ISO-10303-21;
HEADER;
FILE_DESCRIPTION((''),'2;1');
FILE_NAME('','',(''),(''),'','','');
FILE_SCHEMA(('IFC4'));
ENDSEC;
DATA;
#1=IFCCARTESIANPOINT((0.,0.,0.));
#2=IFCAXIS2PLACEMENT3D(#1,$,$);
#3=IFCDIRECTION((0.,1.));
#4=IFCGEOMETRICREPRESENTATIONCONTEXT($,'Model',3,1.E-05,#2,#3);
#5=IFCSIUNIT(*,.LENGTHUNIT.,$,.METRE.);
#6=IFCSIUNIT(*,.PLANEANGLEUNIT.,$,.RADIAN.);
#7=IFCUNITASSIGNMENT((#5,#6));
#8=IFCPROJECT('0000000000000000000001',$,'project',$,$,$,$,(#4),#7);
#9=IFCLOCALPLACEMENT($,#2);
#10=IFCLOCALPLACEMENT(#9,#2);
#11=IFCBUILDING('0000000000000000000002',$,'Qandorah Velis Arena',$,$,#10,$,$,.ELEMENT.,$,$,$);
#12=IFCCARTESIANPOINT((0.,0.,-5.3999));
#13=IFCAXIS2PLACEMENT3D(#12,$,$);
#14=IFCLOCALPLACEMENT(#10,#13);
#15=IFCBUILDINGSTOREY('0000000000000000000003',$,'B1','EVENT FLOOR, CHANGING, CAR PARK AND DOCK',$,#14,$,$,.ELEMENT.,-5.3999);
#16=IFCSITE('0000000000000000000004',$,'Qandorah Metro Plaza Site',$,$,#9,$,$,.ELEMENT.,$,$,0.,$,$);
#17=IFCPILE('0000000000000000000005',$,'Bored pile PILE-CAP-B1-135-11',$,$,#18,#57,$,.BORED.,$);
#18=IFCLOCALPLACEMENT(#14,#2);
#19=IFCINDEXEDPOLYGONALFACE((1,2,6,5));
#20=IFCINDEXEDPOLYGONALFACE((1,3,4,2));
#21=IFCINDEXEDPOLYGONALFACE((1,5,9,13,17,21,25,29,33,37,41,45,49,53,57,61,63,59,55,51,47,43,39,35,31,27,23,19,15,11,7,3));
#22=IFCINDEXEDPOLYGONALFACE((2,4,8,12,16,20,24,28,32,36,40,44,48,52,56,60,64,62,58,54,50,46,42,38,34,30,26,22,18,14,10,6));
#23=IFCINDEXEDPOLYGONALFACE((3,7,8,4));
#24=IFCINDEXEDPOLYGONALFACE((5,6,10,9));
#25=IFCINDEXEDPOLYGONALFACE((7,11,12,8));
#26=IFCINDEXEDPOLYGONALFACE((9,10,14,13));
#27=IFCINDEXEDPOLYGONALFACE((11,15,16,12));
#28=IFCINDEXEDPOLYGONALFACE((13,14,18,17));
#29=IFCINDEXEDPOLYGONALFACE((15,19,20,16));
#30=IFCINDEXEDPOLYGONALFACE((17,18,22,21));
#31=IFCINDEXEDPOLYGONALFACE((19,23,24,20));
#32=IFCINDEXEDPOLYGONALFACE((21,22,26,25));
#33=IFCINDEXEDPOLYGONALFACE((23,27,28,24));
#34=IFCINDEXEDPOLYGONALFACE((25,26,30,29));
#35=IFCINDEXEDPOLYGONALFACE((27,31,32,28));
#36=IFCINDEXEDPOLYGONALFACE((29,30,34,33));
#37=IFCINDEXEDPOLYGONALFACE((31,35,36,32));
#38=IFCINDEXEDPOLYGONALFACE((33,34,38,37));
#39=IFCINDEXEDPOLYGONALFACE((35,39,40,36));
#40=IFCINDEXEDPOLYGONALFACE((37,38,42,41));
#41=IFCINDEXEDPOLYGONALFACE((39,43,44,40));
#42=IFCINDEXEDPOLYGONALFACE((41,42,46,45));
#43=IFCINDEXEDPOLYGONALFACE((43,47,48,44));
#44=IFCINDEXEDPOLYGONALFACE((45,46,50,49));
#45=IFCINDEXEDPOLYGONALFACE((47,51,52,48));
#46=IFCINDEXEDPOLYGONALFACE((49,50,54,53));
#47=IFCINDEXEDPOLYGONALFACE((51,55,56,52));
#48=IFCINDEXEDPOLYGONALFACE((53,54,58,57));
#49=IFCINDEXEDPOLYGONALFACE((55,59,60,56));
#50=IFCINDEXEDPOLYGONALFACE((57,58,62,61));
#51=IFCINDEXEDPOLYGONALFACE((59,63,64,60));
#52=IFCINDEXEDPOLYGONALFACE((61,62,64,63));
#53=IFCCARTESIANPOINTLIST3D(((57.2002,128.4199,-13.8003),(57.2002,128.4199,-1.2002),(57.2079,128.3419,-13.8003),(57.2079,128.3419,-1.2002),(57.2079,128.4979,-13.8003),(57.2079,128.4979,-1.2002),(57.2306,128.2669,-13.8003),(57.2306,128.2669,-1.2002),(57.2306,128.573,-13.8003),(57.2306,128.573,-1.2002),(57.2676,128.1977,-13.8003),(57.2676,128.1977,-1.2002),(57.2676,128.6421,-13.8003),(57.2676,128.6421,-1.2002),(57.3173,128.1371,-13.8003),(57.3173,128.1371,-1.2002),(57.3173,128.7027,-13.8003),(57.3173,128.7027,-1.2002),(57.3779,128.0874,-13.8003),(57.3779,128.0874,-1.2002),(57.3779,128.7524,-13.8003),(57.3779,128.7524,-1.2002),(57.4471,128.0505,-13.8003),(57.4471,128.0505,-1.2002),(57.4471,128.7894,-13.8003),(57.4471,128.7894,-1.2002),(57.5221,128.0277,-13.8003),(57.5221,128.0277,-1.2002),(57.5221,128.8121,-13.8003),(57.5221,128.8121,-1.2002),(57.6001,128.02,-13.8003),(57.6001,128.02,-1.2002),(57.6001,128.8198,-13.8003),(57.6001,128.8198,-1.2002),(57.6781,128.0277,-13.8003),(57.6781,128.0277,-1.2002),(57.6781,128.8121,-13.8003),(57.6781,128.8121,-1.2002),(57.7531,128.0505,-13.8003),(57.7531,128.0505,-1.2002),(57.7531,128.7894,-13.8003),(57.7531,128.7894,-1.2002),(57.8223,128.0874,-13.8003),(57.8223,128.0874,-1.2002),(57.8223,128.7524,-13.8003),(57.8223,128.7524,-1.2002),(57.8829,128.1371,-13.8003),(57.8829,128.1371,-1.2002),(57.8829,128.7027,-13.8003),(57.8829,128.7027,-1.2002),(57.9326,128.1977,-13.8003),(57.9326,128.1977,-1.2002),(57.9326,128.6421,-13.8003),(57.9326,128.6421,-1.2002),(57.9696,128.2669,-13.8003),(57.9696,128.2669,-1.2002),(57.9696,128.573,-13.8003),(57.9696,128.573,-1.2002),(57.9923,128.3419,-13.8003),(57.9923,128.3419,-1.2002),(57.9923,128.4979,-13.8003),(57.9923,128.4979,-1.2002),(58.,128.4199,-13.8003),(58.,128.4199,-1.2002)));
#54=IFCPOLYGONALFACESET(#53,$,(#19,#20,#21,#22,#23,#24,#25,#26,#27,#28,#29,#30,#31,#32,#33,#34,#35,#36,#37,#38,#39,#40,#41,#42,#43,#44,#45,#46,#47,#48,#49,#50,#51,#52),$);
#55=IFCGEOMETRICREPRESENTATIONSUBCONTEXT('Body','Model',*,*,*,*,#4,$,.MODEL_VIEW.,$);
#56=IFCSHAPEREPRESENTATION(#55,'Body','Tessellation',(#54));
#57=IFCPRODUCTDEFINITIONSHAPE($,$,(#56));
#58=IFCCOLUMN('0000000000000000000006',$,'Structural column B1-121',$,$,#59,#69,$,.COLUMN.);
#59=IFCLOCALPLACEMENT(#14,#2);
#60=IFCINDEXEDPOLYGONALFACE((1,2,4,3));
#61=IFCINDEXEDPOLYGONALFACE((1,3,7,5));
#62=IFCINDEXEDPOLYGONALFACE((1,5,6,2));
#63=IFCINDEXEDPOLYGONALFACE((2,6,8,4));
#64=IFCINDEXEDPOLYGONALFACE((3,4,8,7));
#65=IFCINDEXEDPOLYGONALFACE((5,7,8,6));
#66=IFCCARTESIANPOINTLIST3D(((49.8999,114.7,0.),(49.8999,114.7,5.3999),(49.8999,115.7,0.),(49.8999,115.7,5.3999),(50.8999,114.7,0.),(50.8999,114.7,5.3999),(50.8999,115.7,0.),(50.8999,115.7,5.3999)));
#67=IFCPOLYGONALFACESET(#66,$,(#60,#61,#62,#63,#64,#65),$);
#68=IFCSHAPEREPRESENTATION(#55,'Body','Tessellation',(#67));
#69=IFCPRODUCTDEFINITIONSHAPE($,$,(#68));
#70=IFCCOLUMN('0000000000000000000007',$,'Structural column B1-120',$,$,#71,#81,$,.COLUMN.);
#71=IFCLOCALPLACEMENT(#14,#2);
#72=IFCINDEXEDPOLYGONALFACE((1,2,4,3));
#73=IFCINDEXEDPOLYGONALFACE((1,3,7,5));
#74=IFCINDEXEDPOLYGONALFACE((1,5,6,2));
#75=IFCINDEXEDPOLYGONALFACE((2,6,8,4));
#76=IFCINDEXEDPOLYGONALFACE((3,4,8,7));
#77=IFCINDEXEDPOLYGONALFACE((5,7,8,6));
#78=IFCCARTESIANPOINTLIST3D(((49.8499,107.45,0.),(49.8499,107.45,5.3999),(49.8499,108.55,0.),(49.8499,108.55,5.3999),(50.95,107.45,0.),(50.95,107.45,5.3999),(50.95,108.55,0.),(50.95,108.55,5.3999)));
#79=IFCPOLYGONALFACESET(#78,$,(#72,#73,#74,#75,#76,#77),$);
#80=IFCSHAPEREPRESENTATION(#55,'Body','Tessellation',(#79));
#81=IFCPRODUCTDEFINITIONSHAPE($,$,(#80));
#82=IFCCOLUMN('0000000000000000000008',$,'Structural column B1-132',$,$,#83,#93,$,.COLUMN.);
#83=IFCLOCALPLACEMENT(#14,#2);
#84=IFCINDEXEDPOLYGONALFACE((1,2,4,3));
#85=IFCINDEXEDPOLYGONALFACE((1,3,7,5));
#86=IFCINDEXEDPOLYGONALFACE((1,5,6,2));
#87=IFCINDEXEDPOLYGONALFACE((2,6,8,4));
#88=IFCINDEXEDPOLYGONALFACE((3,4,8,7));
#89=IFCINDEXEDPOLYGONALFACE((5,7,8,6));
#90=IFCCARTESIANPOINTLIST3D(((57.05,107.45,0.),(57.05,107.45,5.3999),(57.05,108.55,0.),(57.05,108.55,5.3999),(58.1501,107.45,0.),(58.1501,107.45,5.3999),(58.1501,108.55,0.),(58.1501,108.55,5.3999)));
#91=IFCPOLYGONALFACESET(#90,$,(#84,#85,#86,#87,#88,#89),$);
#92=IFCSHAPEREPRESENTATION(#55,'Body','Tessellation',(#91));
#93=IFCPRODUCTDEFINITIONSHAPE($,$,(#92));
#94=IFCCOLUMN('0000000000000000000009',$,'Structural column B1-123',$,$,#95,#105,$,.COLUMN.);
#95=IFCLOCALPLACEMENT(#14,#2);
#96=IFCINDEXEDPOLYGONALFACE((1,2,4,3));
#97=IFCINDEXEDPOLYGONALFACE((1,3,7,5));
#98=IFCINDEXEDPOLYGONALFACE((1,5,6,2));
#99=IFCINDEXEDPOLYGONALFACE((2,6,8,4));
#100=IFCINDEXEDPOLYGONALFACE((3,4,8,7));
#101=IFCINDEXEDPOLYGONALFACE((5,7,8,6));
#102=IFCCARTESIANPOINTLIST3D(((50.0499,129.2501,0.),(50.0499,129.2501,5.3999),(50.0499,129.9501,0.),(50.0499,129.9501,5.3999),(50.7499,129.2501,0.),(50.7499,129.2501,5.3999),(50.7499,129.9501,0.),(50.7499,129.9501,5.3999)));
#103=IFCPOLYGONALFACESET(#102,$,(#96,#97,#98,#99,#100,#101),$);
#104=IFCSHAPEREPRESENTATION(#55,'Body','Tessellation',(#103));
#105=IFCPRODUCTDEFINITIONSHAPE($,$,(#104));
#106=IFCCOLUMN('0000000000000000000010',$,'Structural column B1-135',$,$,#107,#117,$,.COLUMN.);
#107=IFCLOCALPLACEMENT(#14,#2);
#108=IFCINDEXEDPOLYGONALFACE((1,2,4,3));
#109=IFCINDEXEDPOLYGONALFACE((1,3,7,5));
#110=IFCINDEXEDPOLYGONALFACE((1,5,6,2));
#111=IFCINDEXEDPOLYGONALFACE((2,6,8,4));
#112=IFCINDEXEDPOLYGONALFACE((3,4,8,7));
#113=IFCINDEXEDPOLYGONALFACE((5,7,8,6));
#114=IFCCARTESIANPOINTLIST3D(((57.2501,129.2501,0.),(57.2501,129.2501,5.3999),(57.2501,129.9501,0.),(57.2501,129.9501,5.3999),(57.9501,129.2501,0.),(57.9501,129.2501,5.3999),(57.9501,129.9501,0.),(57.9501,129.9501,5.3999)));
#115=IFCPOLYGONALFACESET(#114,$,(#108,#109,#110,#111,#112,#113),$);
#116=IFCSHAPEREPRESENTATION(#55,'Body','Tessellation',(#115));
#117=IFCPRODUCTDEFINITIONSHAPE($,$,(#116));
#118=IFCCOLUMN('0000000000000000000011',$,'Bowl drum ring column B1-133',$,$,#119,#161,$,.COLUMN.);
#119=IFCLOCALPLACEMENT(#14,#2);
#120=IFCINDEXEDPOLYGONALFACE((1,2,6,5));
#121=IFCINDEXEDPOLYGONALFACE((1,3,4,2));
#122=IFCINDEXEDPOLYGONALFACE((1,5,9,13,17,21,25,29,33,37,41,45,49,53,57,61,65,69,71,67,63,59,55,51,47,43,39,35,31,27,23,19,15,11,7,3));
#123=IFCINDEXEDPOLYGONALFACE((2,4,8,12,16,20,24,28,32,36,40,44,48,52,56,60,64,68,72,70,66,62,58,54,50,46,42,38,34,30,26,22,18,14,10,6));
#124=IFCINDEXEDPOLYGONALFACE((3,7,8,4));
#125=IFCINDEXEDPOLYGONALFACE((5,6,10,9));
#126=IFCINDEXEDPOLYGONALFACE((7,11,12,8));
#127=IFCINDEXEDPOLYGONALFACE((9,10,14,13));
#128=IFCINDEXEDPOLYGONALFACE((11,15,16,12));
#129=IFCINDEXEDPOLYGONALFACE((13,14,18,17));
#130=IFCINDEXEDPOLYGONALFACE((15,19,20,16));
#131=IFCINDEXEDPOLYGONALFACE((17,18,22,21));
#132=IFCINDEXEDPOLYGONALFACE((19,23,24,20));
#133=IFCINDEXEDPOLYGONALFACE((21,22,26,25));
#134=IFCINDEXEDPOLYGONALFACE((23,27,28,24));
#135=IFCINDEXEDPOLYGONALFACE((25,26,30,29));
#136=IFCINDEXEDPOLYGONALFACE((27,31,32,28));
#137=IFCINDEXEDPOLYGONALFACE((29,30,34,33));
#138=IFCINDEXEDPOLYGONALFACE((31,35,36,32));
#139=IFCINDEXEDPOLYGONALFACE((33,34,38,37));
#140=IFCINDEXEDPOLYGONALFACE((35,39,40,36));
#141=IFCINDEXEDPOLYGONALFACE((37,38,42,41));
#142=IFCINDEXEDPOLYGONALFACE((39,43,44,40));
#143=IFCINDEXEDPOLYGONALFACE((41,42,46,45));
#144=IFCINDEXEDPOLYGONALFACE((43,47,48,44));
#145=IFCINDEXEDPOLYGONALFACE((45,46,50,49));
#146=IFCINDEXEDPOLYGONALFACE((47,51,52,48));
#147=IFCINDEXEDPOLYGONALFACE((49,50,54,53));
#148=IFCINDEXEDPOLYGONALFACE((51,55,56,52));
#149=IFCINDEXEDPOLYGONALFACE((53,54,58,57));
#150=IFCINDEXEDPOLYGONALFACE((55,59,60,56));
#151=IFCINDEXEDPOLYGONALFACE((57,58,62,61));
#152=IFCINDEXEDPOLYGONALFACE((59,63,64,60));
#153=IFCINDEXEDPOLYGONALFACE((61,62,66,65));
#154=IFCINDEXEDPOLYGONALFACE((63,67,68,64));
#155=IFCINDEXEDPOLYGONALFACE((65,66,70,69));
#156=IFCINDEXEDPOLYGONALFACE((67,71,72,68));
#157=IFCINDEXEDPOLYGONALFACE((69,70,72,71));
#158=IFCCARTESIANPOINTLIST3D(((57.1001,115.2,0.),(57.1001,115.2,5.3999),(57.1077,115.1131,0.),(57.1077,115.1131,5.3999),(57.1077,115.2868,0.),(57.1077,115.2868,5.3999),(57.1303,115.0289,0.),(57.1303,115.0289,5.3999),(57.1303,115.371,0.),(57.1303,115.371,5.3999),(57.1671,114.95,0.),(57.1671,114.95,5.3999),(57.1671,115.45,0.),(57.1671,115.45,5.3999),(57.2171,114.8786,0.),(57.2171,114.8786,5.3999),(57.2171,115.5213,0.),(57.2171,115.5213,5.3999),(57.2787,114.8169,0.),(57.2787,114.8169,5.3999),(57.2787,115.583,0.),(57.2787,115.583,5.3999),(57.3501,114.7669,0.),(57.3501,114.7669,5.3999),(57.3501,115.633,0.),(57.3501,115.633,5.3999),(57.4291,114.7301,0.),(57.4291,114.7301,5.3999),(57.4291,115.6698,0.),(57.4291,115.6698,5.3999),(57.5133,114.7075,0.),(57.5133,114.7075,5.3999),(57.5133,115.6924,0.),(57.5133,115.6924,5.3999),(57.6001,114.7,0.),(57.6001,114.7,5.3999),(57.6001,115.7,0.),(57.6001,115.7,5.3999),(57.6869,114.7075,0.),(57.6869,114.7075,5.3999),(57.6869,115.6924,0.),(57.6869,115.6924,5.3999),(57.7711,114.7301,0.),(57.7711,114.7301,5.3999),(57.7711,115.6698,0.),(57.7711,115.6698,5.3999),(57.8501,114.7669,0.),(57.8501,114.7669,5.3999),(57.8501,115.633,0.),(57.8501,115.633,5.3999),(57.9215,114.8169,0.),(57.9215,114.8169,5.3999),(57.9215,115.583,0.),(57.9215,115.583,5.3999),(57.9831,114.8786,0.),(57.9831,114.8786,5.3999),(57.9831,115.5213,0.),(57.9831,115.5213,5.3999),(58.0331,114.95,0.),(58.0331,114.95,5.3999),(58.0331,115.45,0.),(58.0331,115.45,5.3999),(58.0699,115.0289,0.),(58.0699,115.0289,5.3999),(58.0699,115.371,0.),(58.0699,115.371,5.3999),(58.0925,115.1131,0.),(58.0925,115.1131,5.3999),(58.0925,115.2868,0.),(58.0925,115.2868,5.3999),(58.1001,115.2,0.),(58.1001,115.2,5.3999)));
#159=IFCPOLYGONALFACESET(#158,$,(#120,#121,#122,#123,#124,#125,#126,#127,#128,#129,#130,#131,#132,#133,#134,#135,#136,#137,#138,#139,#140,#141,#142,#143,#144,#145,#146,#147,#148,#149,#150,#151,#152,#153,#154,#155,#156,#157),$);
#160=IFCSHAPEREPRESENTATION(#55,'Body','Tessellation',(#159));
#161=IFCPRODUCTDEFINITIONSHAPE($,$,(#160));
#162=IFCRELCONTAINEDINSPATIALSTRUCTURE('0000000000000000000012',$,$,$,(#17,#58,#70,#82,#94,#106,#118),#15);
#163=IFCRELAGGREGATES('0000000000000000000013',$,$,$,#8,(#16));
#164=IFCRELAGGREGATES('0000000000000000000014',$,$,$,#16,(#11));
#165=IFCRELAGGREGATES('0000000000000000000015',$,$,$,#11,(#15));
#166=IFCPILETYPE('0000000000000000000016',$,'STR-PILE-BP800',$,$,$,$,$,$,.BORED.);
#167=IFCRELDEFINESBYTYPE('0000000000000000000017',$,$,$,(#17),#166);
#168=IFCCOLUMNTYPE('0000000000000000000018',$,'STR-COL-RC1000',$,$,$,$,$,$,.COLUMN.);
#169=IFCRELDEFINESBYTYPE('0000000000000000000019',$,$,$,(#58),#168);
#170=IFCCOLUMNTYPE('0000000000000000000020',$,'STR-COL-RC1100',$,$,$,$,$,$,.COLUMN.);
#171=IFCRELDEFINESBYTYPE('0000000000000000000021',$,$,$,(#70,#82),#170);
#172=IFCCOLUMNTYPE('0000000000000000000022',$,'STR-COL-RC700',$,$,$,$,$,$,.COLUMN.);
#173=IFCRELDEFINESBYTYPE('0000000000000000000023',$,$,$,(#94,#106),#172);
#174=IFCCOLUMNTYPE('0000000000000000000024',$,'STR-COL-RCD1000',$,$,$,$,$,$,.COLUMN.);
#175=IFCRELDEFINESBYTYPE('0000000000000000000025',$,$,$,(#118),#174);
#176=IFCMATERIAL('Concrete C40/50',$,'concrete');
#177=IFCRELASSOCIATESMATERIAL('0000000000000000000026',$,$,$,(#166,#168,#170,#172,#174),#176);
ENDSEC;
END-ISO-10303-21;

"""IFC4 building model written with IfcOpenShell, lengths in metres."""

from ifc_helpers import new_model, si_unit, direction, frame, origin, origin_2d, place, context, subcontext, project, spatial, rectangle, circle, extrude, material, material_profile, profile_set, type_object, element, save


model = new_model("IFC4")

# Units and contexts
model_context = context("Model", 3, precision=1e-05, world=origin(), true_north=direction((0.0, 1.0)))
body_context = subcontext(model_context, "Body", "Model", "MODEL_VIEW")
ifc_project = project(units=[si_unit("LENGTHUNIT", "METRE"), si_unit("PLANEANGLEUNIT", "RADIAN")], contexts=[model_context])

# Site, building, storey
site_placement = place(None, origin())
site = spatial("IfcSite", under=ifc_project, at=site_placement, Name="Qandorah Metro Plaza Site", CompositionType="ELEMENT", RefElevation=0.0)
building_placement = place(site_placement, origin())
building = spatial("IfcBuilding", under=site, at=building_placement, Name="Qandorah Velis Arena", CompositionType="ELEMENT")
storey_placement = place(building_placement, frame((0.0, 0.0, -5.3999)))
storey = spatial("IfcBuildingStorey", under=building, at=storey_placement, Name="B1", Description="EVENT FLOOR, CHANGING, CAR PARK AND DOCK", CompositionType="ELEMENT", Elevation=-5.3999)

# Shared definitions
ifc_material = material(Name="Concrete C40/50", Category="concrete")

# Pile
ifc_material_profile_1 = material_profile(ifc_material, circle(Radius=0.3999, at=origin_2d()), Name="BORED PILE D800")
ifc_profile_set_1 = profile_set([ifc_material_profile_1], Name="Concrete C40/50")
pile_type_1 = type_object("IfcPileType", Name="STR-PILE-BP800", PredefinedType="BORED", material=ifc_profile_set_1)
pile_1_placement = place(storey_placement, frame((57.6001, 128.4199, -1.2002), z_axis=(0.0, 0.0, -1.0), x_axis=(1.0, 0.0, 0.0)))
element("IfcPile", 1, at=pile_1_placement, inside=storey, type_object=pile_type_1, Name="Bored pile PILE-CAP-B1-135-11", PredefinedType="BORED", context=body_context, shape_type="SweptSolid", body=[
    extrude(circle(Radius=0.3999, at=origin_2d()), origin(), (0.0, 0.0, 1.0), 12.6001),
])

# Columns
ifc_material_profile_2 = material_profile(ifc_material, rectangle(XDim=1.0, YDim=1.0, at=origin_2d()), Name="RC COL 1000x1000")
ifc_profile_set_2 = profile_set([ifc_material_profile_2], Name="Concrete C40/50")
column_type_1 = type_object("IfcColumnType", Name="STR-COL-RC1000", PredefinedType="COLUMN", material=ifc_profile_set_2)
column_1_placement = place(storey_placement, frame((50.3999, 115.2, 0.0), z_axis=(0.0, 0.0, 1.0), x_axis=(1.0, 0.0, 0.0)))
element("IfcColumn", 2, at=column_1_placement, inside=storey, type_object=column_type_1, Name="Structural column B1-121", PredefinedType="COLUMN", context=body_context, shape_type="SweptSolid", body=[
    extrude(rectangle(XDim=1.0, YDim=1.0, at=origin_2d()), origin(), (0.0, 0.0, 1.0), 5.3999),
])
ifc_material_profile_3 = material_profile(ifc_material, rectangle(XDim=1.1001, YDim=1.1001, at=origin_2d()), Name="RC COL 1100x1100")
ifc_profile_set_3 = profile_set([ifc_material_profile_3], Name="Concrete C40/50")
column_type_2 = type_object("IfcColumnType", Name="STR-COL-RC1100", PredefinedType="COLUMN", material=ifc_profile_set_3)
for number, where, z_axis, x_axis, name in (
    (3, (50.3999, 108.0, 0.0), (0.0, 0.0, 1.0), (1.0, 0.0, 0.0), "Structural column B1-120"),
    (4, (57.6001, 108.0, 0.0), (0.0, 0.0, 1.0), (1.0, 0.0, 0.0), "Structural column B1-132"),
):
    element("IfcColumn", number, at=place(storey_placement, frame(where, z_axis=z_axis, x_axis=x_axis)), inside=storey, type_object=column_type_2, Name=name, PredefinedType="COLUMN", context=body_context, shape_type="SweptSolid", body=[
        extrude(rectangle(XDim=1.1001, YDim=1.1001, at=origin_2d()), origin(), (0.0, 0.0, 1.0), 5.3999),
    ])
ifc_material_profile_4 = material_profile(ifc_material, rectangle(XDim=0.7, YDim=0.7, at=origin_2d()), Name="RC COL 700x700")
ifc_profile_set_4 = profile_set([ifc_material_profile_4], Name="Concrete C40/50")
column_type_3 = type_object("IfcColumnType", Name="STR-COL-RC700", PredefinedType="COLUMN", material=ifc_profile_set_4)
for number, where, z_axis, x_axis, name in (
    (5, (50.3999, 129.6001, 0.0), (0.0, 0.0, 1.0), (1.0, 0.0, 0.0), "Structural column B1-123"),
    (6, (57.6001, 129.6001, 0.0), (0.0, 0.0, 1.0), (1.0, 0.0, 0.0), "Structural column B1-135"),
):
    element("IfcColumn", number, at=place(storey_placement, frame(where, z_axis=z_axis, x_axis=x_axis)), inside=storey, type_object=column_type_3, Name=name, PredefinedType="COLUMN", context=body_context, shape_type="SweptSolid", body=[
        extrude(rectangle(XDim=0.7, YDim=0.7, at=origin_2d()), origin(), (0.0, 0.0, 1.0), 5.3999),
    ])
ifc_material_profile_5 = material_profile(ifc_material, circle(Radius=0.5, at=origin_2d()), Name="RC D1000")
ifc_profile_set_5 = profile_set([ifc_material_profile_5], Name="Concrete C40/50")
column_type_4 = type_object("IfcColumnType", Name="STR-COL-RCD1000", PredefinedType="COLUMN", material=ifc_profile_set_5)
column_2_placement = place(storey_placement, frame((57.6001, 115.2, 0.0), z_axis=(0.0, 0.0, 1.0), x_axis=(1.0, 0.0, 0.0)))
element("IfcColumn", 7, at=column_2_placement, inside=storey, type_object=column_type_4, Name="Bowl drum ring column B1-133", PredefinedType="COLUMN", context=body_context, shape_type="SweptSolid", body=[
    extrude(circle(Radius=0.5, at=origin_2d()), origin(), (0.0, 0.0, 1.0), 5.3999),
])

save(model, "model.ifc")
